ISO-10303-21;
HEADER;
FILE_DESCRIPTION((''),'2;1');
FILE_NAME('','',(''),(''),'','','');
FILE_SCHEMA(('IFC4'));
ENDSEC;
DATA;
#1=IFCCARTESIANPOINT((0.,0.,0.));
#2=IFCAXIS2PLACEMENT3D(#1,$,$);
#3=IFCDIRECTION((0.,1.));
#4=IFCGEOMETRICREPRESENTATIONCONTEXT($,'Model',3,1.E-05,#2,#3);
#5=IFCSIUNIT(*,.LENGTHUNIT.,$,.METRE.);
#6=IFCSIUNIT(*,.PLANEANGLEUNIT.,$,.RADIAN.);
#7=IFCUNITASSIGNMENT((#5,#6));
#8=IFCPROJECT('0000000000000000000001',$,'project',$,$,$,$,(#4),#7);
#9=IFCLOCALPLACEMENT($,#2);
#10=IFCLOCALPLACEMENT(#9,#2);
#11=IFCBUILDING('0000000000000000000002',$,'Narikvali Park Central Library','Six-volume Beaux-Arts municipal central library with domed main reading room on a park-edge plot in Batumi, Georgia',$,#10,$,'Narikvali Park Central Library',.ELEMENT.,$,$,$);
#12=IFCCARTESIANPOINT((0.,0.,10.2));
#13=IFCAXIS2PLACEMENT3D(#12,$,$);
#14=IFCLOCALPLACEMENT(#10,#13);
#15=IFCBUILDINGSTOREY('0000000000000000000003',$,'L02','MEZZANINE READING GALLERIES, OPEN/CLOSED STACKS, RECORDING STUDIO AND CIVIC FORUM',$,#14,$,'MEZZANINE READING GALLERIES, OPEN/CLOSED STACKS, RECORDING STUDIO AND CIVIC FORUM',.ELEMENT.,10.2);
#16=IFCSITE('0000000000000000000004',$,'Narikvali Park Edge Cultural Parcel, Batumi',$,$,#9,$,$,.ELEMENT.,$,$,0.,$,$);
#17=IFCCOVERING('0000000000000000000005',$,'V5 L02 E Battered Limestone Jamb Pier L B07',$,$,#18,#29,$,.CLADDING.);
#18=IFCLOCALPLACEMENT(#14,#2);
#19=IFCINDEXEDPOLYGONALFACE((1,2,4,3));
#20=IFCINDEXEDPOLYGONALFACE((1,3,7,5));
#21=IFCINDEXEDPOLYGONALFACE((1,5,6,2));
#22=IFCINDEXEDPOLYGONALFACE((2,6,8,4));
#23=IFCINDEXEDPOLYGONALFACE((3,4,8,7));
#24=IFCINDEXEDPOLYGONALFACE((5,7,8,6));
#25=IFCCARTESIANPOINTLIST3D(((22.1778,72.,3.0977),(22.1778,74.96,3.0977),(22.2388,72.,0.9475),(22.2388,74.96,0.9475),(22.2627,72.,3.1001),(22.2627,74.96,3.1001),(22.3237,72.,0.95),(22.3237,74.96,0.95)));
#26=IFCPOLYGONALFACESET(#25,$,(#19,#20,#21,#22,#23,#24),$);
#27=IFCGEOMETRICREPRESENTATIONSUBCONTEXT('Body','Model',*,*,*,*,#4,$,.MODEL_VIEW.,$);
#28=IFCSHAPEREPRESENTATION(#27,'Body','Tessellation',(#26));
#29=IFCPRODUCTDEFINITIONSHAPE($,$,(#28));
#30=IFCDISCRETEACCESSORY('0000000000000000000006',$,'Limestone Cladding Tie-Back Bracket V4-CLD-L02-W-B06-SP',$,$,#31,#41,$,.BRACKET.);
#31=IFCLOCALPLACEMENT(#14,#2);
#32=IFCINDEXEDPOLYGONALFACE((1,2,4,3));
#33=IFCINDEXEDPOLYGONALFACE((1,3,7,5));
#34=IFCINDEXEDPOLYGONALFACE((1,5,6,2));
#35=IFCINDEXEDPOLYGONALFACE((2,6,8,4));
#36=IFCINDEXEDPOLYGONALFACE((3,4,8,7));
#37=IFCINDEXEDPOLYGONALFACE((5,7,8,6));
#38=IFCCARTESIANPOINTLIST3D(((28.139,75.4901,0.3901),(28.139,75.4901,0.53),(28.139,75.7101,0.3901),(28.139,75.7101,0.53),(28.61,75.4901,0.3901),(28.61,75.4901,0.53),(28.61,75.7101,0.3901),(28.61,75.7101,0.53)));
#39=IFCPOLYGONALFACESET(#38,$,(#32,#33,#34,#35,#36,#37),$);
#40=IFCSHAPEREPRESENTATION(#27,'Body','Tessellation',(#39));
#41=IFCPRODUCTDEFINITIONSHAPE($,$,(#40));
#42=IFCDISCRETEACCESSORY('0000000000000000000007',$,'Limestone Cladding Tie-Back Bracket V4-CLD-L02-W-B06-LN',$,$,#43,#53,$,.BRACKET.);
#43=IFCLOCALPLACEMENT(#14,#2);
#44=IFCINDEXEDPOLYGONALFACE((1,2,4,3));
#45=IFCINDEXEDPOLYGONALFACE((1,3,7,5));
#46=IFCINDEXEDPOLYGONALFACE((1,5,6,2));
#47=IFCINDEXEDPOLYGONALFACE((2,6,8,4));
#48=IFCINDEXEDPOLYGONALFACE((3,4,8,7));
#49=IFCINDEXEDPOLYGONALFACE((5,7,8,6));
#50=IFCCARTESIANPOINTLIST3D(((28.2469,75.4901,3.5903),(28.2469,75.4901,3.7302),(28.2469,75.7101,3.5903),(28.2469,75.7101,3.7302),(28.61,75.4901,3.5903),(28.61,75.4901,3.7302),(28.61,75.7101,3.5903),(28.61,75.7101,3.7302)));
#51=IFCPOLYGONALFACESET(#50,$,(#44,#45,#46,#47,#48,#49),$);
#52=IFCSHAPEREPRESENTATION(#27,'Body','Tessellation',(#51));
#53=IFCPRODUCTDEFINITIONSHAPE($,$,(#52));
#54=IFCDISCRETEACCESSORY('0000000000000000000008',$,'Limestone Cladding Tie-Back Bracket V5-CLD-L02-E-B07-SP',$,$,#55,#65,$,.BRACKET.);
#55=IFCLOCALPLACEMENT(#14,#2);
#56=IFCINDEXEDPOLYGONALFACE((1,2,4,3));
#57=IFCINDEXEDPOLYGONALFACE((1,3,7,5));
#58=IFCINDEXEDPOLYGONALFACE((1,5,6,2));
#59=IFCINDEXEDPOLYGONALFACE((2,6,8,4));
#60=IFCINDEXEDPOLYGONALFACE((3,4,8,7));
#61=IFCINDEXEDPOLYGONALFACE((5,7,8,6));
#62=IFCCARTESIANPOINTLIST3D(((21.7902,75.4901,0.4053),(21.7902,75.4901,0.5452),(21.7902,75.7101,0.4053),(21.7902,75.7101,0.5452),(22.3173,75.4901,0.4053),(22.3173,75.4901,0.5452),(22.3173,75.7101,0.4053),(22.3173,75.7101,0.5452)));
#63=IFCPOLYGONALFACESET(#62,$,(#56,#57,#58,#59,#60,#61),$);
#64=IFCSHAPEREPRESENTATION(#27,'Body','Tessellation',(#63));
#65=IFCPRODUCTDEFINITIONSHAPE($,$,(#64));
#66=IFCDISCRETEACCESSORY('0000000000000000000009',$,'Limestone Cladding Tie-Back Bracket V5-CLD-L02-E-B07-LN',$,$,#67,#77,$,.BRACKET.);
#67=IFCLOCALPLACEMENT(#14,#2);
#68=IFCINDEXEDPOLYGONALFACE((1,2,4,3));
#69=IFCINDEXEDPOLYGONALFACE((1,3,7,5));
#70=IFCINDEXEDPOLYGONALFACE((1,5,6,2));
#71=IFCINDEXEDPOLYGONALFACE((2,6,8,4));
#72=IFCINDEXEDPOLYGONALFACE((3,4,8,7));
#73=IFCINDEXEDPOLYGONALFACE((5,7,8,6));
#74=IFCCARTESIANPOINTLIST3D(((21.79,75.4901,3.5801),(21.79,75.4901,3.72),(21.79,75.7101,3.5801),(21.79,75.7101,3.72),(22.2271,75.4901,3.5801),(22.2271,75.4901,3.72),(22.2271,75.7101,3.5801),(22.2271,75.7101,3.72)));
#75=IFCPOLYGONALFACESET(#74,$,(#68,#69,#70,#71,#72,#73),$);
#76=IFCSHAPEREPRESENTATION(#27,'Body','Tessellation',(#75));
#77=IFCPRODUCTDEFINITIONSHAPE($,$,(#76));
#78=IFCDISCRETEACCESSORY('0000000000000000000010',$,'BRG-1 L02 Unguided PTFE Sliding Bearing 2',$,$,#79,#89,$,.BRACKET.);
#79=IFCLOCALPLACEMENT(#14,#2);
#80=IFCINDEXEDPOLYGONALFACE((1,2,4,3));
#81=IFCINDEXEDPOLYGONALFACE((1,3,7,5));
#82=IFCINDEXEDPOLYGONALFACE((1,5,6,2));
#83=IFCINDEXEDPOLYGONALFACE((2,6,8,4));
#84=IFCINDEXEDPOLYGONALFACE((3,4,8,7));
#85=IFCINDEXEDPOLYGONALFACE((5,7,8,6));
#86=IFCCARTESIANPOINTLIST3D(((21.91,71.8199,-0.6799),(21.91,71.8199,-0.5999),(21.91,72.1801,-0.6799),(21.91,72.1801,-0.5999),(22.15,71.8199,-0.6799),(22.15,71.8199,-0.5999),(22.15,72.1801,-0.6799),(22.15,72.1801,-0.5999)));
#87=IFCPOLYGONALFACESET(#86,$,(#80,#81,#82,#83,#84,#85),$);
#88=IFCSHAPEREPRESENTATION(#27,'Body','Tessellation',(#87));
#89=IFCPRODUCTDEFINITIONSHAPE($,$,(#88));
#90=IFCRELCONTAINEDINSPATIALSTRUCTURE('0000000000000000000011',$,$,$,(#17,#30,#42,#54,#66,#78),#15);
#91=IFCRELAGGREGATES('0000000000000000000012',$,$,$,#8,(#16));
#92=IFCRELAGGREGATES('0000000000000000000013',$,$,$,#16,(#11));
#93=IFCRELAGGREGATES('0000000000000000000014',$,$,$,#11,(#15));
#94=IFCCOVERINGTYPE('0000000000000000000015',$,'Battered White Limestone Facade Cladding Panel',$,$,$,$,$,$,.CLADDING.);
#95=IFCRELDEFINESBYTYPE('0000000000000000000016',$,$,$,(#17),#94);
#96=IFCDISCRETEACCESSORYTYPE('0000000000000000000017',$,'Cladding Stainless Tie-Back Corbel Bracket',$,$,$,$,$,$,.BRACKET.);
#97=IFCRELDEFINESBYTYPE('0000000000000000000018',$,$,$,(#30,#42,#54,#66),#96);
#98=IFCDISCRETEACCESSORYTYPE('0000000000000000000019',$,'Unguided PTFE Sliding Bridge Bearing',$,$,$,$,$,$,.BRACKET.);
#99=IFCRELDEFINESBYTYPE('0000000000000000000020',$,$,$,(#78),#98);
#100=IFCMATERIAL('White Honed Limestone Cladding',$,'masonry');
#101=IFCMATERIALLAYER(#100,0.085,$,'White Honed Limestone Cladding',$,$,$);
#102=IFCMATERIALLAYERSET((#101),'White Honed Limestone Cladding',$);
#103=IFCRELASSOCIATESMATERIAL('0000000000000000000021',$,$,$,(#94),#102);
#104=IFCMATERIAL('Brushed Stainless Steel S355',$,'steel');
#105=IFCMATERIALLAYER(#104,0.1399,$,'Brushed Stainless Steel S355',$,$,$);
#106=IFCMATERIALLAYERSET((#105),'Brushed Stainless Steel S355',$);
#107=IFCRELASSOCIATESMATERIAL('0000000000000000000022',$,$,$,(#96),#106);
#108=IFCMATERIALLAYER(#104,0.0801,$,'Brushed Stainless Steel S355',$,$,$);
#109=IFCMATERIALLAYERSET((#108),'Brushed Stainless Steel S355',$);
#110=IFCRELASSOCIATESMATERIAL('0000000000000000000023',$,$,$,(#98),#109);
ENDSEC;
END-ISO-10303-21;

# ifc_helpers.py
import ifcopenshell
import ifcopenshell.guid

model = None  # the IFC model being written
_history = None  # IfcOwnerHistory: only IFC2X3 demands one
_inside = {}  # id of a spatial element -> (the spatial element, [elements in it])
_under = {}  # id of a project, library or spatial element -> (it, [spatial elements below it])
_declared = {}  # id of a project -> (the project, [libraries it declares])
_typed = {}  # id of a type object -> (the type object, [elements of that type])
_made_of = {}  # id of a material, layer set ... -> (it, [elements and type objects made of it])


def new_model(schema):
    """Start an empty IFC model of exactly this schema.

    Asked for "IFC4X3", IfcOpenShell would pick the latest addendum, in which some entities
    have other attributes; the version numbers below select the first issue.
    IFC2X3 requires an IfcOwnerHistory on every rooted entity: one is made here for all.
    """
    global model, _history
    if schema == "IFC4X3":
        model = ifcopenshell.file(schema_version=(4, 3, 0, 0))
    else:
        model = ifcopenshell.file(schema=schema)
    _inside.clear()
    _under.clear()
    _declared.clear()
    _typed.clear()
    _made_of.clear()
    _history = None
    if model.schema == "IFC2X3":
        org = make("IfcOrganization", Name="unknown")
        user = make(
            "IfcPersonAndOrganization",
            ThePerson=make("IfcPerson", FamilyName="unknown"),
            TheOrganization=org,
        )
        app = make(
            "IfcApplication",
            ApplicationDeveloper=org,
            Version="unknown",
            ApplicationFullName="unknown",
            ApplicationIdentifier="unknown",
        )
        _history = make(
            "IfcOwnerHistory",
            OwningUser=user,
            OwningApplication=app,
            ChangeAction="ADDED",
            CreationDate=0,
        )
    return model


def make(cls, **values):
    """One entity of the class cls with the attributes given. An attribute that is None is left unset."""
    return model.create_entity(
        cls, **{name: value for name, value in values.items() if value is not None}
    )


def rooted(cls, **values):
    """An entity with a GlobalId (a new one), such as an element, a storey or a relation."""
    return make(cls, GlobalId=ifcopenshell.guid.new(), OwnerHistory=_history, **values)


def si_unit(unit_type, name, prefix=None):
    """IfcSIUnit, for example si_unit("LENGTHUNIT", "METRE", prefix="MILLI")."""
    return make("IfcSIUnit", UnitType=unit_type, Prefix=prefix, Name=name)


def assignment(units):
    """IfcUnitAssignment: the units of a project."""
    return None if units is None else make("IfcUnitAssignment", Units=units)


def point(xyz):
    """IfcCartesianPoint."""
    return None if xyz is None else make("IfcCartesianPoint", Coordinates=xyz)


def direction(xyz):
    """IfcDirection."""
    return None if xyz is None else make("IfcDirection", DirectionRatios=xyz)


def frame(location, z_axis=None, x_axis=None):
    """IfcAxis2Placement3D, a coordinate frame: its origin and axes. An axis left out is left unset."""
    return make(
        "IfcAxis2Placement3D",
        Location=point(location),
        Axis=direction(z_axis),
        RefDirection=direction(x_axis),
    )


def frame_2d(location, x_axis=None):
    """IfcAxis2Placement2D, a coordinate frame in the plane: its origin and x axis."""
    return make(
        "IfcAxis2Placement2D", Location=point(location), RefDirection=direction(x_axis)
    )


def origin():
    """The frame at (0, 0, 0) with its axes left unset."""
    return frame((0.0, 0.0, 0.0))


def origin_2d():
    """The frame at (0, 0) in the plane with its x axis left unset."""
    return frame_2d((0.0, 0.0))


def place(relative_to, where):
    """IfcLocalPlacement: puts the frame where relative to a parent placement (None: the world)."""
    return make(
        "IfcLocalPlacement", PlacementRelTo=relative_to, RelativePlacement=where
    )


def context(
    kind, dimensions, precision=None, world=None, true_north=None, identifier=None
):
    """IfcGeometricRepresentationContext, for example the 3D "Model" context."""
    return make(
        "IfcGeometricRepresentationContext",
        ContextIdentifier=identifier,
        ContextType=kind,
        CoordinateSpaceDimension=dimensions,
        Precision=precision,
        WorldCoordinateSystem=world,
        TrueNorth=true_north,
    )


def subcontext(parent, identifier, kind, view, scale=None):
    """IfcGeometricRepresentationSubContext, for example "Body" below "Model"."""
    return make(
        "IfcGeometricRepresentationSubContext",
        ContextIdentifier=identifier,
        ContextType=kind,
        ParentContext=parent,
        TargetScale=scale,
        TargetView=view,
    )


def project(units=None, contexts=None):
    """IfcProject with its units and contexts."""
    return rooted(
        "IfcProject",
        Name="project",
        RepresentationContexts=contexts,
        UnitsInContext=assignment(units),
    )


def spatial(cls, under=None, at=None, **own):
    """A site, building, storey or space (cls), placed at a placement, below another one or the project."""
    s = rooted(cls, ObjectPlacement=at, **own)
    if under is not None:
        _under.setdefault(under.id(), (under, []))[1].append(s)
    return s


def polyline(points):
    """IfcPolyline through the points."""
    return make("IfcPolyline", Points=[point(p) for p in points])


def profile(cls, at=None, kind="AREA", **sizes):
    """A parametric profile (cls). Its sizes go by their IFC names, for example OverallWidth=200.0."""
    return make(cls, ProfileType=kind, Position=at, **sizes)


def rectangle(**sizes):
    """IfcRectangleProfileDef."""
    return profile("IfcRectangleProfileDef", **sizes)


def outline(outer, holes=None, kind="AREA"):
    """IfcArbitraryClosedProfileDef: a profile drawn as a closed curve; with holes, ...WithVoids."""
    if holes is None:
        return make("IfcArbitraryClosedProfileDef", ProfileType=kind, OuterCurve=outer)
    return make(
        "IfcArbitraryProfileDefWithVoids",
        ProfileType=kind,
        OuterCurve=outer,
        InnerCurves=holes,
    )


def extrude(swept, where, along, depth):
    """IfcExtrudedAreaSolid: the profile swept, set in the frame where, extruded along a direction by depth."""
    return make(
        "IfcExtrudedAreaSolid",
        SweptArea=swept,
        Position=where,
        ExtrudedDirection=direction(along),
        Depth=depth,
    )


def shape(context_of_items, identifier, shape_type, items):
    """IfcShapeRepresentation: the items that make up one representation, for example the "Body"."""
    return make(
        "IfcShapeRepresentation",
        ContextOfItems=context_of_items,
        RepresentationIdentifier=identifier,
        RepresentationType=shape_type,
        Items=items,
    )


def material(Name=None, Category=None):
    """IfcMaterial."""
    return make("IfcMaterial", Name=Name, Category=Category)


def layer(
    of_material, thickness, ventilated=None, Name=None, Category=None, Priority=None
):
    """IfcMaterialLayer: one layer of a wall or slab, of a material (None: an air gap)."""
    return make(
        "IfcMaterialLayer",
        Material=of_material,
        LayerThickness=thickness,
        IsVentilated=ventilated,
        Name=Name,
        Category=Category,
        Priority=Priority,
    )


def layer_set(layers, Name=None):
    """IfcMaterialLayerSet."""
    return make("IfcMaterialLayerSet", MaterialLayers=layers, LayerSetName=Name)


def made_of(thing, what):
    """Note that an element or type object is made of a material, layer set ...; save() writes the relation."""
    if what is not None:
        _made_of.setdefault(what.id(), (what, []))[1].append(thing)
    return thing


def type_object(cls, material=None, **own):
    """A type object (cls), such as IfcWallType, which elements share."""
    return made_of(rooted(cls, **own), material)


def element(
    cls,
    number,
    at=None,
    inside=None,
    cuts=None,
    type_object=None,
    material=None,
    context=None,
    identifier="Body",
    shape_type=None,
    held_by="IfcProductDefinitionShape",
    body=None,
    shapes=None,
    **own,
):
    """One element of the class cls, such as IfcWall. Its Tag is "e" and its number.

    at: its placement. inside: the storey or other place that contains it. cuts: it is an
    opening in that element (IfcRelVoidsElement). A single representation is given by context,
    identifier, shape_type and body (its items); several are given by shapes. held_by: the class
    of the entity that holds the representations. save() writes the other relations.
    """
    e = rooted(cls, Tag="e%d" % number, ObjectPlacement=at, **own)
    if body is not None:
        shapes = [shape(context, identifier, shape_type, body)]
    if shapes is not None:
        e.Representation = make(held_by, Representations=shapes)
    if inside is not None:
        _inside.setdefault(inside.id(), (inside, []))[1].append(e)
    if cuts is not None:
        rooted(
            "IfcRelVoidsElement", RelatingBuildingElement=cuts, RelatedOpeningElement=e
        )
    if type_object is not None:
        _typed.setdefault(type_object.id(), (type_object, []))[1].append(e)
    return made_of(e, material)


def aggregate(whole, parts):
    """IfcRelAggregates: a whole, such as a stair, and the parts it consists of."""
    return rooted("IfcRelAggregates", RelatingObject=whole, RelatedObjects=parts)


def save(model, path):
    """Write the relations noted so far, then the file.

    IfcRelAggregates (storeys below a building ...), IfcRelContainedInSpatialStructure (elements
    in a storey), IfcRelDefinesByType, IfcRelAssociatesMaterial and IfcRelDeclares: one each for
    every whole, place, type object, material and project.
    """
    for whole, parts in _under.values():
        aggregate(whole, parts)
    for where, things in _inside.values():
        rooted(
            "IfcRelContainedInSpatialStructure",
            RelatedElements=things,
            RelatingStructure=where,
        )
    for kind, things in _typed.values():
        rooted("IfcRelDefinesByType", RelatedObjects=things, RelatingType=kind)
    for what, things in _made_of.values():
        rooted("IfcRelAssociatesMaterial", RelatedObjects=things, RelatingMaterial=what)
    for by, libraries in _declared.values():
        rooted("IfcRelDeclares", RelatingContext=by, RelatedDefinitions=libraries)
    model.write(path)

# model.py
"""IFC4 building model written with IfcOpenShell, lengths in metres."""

from ifc_helpers import new_model, si_unit, direction, frame, origin, origin_2d, place, context, subcontext, project, spatial, polyline, rectangle, outline, extrude, material, layer, layer_set, type_object, element, save


model = new_model("IFC4")

# Units and contexts
model_context = context("Model", 3, precision=1e-05, world=origin(), true_north=direction((0.0, 1.0)))
body_context = subcontext(model_context, "Body", "Model", "MODEL_VIEW")
ifc_project = project(units=[si_unit("LENGTHUNIT", "METRE"), si_unit("PLANEANGLEUNIT", "RADIAN")], contexts=[model_context])

# Site, building, storey
site_placement = place(None, origin())
site = spatial("IfcSite", under=ifc_project, at=site_placement, Name="Narikvali Park Edge Cultural Parcel, Batumi", CompositionType="ELEMENT", RefElevation=0.0)
building_placement = place(site_placement, origin())
building = spatial("IfcBuilding", under=site, at=building_placement, Name="Narikvali Park Central Library", Description="Six-volume Beaux-Arts municipal central library with domed main reading room on a park-edge plot in Batumi, Georgia", LongName="Narikvali Park Central Library", CompositionType="ELEMENT")
storey_placement = place(building_placement, frame((0.0, 0.0, 10.2)))
storey = spatial("IfcBuildingStorey", under=building, at=storey_placement, Name="L02", Description="MEZZANINE READING GALLERIES, OPEN/CLOSED STACKS, RECORDING STUDIO AND CIVIC FORUM", LongName="MEZZANINE READING GALLERIES, OPEN/CLOSED STACKS, RECORDING STUDIO AND CIVIC FORUM", CompositionType="ELEMENT", Elevation=10.2)

# Covering
ifc_material_1 = material(Name="White Honed Limestone Cladding", Category="masonry")
ifc_layer_1 = layer(ifc_material_1, 0.085, Name="White Honed Limestone Cladding")
ifc_layer_set_1 = layer_set([ifc_layer_1], Name="White Honed Limestone Cladding")
covering_type = type_object("IfcCoveringType", Name="Battered White Limestone Facade Cladding Panel", PredefinedType="CLADDING", material=ifc_layer_set_1)
covering_1_placement = place(storey_placement, frame((22.3237, 72.0, 0.95), z_axis=(0.999597, 0.0, 0.028375), x_axis=(0.0, 1.0, 0.0)))
element("IfcCovering", 1, at=covering_1_placement, inside=storey, type_object=covering_type, Name="V5 L02 E Battered Limestone Jamb Pier L B07", PredefinedType="CLADDING", context=body_context, shape_type="SweptSolid", body=[
    extrude(outline(polyline([(0.0, 0.0), (2.96, 0.0), (2.96, 2.151), (0.0, 2.151), (0.0, 0.0)])), origin(), (0.0, 0.0, -1.0), 0.085),
])

# Discrete accessories
ifc_material_2 = material(Name="Brushed Stainless Steel S355", Category="steel")
ifc_layer_2 = layer(ifc_material_2, 0.1399, Name="Brushed Stainless Steel S355")
ifc_layer_set_2 = layer_set([ifc_layer_2], Name="Brushed Stainless Steel S355")
discrete_accessory_type_1 = type_object("IfcDiscreteAccessoryType", Name="Cladding Stainless Tie-Back Corbel Bracket", PredefinedType="BRACKET", material=ifc_layer_set_2)
discrete_accessory_1_placement = place(storey_placement, frame((28.3745, 75.6001, 0.3901), z_axis=(0.0, 0.0, 1.0), x_axis=(1.0, 0.0, 0.0)))
element("IfcDiscreteAccessory", 2, at=discrete_accessory_1_placement, inside=storey, type_object=discrete_accessory_type_1, Name="Limestone Cladding Tie-Back Bracket V4-CLD-L02-W-B06-SP", PredefinedType="BRACKET", context=body_context, shape_type="SweptSolid", body=[
    extrude(rectangle(XDim=0.4709, YDim=0.22, at=origin_2d()), origin(), (0.0, 0.0, 1.0), 0.1399),
])
discrete_accessory_2_placement = place(storey_placement, frame((28.4285, 75.6001, 3.5903), z_axis=(0.0, 0.0, 1.0), x_axis=(1.0, 0.0, 0.0)))
element("IfcDiscreteAccessory", 3, at=discrete_accessory_2_placement, inside=storey, type_object=discrete_accessory_type_1, Name="Limestone Cladding Tie-Back Bracket V4-CLD-L02-W-B06-LN", PredefinedType="BRACKET", context=body_context, shape_type="SweptSolid", body=[
    extrude(rectangle(XDim=0.363, YDim=0.22, at=origin_2d()), origin(), (0.0, 0.0, 1.0), 0.1399),
])
discrete_accessory_3_placement = place(storey_placement, frame((22.0537, 75.6001, 0.4053), z_axis=(0.0, 0.0, 1.0), x_axis=(1.0, 0.0, 0.0)))
element("IfcDiscreteAccessory", 4, at=discrete_accessory_3_placement, inside=storey, type_object=discrete_accessory_type_1, Name="Limestone Cladding Tie-Back Bracket V5-CLD-L02-E-B07-SP", PredefinedType="BRACKET", context=body_context, shape_type="SweptSolid", body=[
    extrude(rectangle(XDim=0.5271, YDim=0.22, at=origin_2d()), origin(), (0.0, 0.0, 1.0), 0.1399),
])
discrete_accessory_4_placement = place(storey_placement, frame((22.0085, 75.6001, 3.5801), z_axis=(0.0, 0.0, 1.0), x_axis=(1.0, 0.0, 0.0)))
element("IfcDiscreteAccessory", 5, at=discrete_accessory_4_placement, inside=storey, type_object=discrete_accessory_type_1, Name="Limestone Cladding Tie-Back Bracket V5-CLD-L02-E-B07-LN", PredefinedType="BRACKET", context=body_context, shape_type="SweptSolid", body=[
    extrude(rectangle(XDim=0.437, YDim=0.22, at=origin_2d()), origin(), (0.0, 0.0, 1.0), 0.1399),
])
ifc_layer_3 = layer(ifc_material_2, 0.0801, Name="Brushed Stainless Steel S355")
ifc_layer_set_3 = layer_set([ifc_layer_3], Name="Brushed Stainless Steel S355")
discrete_accessory_type_2 = type_object("IfcDiscreteAccessoryType", Name="Unguided PTFE Sliding Bridge Bearing", PredefinedType="BRACKET", material=ifc_layer_set_3)
discrete_accessory_5_placement = place(storey_placement, frame((22.03, 72.0, -0.6799), z_axis=(0.0, 0.0, 1.0), x_axis=(1.0, 0.0, 0.0)))
element("IfcDiscreteAccessory", 6, at=discrete_accessory_5_placement, inside=storey, type_object=discrete_accessory_type_2, Name="BRG-1 L02 Unguided PTFE Sliding Bearing 2", PredefinedType="BRACKET", context=body_context, shape_type="SweptSolid", body=[
    extrude(rectangle(XDim=0.24, YDim=0.3601, at=origin_2d()), origin(), (0.0, 0.0, 1.0), 0.0801),
])

save(model, "model.ifc")
